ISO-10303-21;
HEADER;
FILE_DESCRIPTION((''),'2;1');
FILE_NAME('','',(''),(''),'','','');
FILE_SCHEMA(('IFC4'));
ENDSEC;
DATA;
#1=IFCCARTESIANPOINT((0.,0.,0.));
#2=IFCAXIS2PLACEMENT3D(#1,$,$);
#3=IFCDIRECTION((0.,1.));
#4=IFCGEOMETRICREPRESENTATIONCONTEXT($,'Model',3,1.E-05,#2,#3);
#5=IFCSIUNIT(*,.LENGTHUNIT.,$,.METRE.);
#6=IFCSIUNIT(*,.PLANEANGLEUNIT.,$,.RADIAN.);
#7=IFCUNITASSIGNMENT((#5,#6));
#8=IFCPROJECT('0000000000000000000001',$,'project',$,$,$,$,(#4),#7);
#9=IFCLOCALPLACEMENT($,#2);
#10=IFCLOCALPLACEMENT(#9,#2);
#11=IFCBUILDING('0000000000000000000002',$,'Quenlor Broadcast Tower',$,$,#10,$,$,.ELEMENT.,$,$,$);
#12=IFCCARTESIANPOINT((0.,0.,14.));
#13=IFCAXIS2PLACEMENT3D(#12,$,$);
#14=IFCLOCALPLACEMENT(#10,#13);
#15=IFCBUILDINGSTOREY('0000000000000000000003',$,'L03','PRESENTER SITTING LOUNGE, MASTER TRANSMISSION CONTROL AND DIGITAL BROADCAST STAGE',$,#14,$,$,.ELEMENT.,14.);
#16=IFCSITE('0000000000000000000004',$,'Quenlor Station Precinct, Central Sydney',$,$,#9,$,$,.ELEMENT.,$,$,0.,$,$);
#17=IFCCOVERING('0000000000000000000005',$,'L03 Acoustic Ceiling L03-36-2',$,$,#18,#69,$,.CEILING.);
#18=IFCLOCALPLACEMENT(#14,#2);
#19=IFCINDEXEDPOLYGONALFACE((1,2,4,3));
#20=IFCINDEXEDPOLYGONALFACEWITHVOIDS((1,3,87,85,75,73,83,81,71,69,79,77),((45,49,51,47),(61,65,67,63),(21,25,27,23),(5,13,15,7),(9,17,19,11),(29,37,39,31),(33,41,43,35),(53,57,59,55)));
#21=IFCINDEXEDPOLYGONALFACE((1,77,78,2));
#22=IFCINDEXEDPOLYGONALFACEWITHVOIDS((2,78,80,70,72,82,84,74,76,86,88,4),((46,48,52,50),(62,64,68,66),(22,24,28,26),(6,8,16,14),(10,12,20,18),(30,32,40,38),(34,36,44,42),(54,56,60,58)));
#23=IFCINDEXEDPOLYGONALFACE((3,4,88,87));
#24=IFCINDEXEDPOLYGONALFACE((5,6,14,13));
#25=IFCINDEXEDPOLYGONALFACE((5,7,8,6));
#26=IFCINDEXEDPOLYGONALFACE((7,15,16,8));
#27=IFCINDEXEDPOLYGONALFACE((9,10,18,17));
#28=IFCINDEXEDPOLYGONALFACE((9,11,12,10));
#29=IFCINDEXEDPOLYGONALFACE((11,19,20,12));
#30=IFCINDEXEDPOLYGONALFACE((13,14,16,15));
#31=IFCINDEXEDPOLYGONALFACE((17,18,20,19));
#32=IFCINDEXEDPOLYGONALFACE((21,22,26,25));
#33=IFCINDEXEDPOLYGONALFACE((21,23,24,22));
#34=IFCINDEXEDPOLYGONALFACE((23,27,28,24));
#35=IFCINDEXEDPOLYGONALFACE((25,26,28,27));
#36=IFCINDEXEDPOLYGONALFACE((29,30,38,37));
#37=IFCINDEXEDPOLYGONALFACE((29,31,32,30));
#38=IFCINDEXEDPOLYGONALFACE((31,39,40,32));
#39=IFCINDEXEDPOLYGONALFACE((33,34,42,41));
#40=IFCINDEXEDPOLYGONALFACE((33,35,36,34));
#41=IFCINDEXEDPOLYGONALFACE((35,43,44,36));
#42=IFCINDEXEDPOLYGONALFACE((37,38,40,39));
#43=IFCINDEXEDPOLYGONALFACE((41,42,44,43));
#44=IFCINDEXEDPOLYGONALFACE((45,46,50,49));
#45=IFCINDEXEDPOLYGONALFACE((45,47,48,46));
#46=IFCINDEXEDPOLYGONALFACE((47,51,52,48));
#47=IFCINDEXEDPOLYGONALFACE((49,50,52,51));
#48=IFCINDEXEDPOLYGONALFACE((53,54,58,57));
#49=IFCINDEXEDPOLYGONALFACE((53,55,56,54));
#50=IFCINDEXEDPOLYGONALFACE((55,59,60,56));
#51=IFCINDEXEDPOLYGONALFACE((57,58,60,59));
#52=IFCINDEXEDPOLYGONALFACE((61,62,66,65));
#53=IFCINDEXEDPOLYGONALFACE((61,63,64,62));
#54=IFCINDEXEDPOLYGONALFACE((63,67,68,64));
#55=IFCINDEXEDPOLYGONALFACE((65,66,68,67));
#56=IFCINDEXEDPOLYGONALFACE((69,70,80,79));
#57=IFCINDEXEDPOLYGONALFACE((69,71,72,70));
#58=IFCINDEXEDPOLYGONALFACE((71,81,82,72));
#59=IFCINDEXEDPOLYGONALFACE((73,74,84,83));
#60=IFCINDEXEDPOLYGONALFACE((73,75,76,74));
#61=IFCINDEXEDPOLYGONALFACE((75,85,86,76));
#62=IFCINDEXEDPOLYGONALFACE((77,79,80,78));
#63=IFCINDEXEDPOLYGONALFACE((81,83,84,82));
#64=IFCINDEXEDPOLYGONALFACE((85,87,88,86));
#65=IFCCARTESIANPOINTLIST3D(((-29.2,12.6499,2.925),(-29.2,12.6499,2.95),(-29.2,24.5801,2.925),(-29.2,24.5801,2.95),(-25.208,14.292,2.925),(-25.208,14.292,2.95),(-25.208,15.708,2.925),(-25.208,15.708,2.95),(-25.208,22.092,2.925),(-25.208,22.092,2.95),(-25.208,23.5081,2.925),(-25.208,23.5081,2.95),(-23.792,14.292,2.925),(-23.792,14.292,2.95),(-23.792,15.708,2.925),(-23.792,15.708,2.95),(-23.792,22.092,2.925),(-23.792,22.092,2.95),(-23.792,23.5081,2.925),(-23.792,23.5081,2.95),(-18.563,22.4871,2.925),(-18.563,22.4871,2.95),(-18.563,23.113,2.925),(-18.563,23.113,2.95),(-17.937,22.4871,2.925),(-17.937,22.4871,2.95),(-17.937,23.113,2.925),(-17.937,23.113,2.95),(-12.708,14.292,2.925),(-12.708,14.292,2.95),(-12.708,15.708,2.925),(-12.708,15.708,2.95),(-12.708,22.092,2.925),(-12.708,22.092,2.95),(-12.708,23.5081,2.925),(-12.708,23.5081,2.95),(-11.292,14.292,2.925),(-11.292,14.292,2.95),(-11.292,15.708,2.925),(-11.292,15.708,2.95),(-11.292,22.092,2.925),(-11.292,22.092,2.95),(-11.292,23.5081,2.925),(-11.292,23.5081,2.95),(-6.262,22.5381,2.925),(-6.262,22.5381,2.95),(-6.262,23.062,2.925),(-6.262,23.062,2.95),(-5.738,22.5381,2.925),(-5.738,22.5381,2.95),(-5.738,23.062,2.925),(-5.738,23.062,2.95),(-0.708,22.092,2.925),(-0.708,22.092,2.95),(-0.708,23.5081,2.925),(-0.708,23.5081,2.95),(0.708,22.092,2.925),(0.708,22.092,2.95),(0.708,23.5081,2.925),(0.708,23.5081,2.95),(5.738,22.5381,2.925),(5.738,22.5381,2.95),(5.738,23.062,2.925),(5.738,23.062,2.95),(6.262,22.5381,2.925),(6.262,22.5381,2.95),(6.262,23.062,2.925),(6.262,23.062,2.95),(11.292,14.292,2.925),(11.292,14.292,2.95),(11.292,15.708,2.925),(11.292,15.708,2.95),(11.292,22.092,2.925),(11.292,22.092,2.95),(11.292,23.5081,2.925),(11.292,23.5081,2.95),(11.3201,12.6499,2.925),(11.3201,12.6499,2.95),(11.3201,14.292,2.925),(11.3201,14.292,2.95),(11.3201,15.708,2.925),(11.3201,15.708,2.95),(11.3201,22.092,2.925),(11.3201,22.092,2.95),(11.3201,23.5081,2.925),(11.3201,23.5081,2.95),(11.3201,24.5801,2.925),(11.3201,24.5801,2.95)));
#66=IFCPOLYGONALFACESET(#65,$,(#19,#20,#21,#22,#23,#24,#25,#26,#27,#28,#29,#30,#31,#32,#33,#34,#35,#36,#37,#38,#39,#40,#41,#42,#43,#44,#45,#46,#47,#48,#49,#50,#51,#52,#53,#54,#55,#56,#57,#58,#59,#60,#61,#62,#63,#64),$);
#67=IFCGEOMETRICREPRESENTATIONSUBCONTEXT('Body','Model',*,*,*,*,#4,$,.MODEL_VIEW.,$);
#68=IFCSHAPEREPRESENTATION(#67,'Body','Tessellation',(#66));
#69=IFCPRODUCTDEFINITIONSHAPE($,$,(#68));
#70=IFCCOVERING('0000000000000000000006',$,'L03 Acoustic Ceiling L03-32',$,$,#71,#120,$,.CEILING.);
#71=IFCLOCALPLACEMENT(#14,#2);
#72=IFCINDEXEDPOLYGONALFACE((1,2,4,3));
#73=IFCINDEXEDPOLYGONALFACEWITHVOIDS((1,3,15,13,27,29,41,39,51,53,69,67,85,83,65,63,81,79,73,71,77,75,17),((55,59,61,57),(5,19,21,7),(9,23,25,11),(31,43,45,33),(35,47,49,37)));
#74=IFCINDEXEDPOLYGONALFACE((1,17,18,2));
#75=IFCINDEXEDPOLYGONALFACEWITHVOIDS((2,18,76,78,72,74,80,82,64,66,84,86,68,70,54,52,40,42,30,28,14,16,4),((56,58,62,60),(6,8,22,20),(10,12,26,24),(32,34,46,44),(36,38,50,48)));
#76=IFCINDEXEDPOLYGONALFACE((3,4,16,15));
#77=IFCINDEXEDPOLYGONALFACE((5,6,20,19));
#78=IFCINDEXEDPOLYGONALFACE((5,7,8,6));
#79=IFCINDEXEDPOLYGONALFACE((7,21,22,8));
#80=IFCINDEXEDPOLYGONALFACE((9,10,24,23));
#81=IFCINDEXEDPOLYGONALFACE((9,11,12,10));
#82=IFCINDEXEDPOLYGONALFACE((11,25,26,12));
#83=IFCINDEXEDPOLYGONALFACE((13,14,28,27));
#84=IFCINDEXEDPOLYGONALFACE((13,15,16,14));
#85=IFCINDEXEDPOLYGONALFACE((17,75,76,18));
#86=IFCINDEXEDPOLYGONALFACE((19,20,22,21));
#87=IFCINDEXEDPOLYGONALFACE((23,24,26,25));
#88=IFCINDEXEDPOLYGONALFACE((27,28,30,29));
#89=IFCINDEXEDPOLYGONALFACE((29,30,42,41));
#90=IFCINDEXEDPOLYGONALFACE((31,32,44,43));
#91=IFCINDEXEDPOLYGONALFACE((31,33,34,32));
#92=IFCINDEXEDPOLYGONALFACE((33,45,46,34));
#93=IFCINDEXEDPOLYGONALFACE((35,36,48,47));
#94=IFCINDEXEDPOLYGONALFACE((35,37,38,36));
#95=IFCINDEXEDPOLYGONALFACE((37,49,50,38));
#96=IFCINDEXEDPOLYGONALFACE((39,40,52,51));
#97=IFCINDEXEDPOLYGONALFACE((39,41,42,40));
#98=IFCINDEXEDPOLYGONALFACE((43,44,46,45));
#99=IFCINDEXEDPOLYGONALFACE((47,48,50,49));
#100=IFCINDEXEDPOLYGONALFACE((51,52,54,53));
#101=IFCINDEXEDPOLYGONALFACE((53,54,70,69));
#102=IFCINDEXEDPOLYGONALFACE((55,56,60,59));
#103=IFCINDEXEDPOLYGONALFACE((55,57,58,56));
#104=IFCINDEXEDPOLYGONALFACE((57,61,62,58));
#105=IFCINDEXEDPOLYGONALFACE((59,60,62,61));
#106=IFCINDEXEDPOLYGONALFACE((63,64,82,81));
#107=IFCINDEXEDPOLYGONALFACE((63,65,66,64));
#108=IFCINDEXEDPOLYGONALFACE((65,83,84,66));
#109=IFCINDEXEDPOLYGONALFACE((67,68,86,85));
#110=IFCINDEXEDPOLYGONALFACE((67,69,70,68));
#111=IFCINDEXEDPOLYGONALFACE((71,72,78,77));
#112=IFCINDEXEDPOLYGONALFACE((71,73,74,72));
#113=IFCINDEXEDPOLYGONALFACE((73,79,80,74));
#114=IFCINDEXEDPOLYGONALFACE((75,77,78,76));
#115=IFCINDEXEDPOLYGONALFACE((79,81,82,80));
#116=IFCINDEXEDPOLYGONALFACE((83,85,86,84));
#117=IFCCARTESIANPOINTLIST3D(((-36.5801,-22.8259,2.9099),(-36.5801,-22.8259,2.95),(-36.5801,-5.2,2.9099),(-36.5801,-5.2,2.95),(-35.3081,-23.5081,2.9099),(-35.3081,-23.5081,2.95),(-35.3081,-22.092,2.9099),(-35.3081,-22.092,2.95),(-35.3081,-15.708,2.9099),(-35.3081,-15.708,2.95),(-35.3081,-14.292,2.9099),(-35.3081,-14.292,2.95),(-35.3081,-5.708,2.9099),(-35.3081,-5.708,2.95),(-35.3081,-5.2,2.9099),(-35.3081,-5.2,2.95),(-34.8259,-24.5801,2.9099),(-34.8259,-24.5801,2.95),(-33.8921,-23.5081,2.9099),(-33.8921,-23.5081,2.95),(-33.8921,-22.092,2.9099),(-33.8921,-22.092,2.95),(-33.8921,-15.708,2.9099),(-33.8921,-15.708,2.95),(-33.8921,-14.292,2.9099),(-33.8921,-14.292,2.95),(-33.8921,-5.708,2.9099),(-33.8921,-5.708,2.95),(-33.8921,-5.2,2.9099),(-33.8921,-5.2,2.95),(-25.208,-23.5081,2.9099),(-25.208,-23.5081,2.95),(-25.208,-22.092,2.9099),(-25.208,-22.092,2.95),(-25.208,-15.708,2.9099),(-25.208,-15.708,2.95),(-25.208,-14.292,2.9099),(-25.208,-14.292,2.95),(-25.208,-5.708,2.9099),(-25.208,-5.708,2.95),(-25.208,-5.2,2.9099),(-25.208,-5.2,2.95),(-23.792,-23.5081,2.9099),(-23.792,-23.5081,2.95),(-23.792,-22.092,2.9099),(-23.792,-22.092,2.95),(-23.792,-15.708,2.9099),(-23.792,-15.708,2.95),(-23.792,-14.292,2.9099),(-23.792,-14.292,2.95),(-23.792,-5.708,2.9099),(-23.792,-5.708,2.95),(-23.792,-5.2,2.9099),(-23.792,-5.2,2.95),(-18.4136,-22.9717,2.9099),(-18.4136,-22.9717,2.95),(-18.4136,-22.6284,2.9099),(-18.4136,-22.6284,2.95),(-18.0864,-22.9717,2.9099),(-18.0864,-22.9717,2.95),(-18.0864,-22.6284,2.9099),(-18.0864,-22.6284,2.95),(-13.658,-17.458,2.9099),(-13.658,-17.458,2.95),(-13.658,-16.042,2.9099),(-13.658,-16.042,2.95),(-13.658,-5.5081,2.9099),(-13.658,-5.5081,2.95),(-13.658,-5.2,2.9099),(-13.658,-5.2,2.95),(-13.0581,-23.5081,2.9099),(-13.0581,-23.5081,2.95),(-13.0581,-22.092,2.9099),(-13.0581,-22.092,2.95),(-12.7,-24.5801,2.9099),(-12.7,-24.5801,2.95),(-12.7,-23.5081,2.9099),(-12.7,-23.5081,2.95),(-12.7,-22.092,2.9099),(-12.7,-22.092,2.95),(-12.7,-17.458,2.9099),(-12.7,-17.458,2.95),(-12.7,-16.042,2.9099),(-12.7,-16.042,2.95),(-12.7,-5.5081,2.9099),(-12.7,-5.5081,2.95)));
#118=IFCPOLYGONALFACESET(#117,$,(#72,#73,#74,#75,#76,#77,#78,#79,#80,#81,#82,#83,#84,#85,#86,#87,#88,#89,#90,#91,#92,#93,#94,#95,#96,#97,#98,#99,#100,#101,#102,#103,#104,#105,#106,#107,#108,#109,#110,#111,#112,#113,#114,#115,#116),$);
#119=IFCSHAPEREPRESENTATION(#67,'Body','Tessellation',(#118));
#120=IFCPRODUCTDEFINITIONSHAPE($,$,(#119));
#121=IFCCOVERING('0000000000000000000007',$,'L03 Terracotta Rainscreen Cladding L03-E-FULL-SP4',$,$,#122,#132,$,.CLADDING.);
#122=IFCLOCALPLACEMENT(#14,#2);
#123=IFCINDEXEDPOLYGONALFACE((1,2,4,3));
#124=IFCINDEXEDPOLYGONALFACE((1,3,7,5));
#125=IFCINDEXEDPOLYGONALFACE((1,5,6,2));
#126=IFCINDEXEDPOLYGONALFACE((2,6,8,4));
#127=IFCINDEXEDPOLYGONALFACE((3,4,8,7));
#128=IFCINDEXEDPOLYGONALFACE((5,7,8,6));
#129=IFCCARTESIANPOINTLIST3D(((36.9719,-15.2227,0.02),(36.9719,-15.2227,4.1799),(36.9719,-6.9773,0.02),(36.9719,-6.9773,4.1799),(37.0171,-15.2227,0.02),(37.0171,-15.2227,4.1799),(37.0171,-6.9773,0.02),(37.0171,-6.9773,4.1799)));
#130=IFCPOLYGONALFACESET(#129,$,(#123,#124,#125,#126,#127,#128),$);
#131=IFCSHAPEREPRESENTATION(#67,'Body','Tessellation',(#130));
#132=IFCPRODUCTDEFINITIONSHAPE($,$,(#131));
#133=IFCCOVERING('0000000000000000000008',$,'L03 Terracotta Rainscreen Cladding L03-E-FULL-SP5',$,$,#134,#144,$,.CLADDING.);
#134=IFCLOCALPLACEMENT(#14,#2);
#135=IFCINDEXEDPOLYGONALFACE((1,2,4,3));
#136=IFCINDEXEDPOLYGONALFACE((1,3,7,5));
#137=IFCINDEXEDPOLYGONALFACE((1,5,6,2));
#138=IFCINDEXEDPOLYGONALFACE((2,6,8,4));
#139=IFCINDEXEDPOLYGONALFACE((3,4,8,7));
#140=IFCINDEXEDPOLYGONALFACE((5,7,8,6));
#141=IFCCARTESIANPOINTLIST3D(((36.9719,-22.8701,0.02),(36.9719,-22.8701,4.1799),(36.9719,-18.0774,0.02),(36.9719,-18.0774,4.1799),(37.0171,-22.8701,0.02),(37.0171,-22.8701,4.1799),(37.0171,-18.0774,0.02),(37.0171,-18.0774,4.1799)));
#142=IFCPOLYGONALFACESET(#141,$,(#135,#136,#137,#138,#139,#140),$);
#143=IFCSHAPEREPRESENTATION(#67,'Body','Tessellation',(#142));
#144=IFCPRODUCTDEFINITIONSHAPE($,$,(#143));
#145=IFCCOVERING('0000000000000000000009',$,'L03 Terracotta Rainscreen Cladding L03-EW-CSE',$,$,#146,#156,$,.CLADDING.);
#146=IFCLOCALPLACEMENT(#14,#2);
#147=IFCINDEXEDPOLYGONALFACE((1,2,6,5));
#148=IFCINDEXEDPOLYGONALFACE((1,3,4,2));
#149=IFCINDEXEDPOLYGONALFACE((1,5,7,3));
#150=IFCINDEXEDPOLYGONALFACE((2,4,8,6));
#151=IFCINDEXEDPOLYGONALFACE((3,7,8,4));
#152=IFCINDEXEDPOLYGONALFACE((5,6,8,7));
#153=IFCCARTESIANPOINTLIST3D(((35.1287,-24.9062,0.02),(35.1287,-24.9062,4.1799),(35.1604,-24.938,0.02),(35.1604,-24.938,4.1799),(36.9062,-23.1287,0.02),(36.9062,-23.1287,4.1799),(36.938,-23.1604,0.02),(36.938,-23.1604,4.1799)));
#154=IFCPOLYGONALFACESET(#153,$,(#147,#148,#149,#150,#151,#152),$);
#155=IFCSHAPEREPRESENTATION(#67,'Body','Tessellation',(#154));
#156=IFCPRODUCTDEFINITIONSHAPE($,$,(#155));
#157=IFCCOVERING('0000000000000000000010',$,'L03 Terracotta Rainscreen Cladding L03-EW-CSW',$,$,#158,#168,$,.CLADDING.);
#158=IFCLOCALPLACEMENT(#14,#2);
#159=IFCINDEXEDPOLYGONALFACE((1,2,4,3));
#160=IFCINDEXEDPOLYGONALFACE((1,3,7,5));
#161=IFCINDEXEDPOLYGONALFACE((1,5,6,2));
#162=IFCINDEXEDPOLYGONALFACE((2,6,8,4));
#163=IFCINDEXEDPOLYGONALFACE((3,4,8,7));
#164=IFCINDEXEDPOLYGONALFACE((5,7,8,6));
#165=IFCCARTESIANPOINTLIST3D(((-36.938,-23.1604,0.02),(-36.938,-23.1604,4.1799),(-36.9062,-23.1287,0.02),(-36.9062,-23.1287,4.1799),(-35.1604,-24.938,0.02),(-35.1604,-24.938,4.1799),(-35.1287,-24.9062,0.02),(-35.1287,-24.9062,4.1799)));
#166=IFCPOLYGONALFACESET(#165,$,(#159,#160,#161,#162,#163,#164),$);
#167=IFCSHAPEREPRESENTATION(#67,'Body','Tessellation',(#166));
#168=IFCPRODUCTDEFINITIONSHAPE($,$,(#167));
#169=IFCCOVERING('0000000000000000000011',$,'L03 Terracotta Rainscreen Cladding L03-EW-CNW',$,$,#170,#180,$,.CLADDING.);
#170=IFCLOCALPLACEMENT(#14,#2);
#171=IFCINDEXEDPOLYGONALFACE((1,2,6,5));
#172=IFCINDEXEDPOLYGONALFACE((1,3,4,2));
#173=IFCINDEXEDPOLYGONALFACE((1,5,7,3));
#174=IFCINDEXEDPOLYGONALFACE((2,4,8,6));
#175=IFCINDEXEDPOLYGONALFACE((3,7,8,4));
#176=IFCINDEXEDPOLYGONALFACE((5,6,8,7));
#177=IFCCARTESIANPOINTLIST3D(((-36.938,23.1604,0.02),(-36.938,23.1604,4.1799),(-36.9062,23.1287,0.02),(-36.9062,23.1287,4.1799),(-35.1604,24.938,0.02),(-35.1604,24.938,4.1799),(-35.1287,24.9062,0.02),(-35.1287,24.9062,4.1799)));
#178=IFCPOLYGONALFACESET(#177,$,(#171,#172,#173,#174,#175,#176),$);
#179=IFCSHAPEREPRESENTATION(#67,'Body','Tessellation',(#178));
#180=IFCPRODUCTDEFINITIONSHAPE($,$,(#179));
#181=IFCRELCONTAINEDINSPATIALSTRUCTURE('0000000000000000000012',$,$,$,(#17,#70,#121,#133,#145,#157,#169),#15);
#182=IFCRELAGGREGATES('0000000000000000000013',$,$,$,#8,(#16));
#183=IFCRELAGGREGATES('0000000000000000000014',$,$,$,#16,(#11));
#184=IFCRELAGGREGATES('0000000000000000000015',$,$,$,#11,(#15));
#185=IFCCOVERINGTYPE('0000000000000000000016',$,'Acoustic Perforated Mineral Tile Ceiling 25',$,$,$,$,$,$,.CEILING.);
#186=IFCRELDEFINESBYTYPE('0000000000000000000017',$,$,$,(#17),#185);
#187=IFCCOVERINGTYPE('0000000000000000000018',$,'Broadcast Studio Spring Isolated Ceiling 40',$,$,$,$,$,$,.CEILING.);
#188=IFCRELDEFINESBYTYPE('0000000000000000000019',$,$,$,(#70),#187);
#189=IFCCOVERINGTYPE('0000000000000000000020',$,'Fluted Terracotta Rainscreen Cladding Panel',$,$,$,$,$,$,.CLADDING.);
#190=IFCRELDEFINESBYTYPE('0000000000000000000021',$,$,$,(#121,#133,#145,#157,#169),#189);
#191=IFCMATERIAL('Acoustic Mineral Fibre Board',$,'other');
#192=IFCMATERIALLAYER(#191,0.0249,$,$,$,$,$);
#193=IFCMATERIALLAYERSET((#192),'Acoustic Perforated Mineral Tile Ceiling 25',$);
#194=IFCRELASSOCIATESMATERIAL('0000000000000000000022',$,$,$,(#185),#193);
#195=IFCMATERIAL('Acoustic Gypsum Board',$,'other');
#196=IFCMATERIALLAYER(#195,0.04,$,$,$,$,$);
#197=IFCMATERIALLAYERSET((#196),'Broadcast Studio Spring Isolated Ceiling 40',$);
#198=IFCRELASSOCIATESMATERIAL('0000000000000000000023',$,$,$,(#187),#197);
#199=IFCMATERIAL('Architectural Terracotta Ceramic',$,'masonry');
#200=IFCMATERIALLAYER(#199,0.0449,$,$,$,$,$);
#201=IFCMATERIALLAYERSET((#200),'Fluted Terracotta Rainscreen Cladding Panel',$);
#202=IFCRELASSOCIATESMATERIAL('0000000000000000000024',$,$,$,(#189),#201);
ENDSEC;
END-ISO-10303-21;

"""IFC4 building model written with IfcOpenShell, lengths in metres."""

from ifc_helpers import new_model, si_unit, direction, frame, origin, place, context, subcontext, project, spatial, polyline, outline, extrude, material, layer, layer_set, type_object, element, save


model = new_model("IFC4")

# Units and contexts
model_context = context("Model", 3, precision=1e-05, world=origin(), true_north=direction((0.0, 1.0)))
body_context = subcontext(model_context, "Body", "Model", "MODEL_VIEW")
ifc_project = project(units=[si_unit("LENGTHUNIT", "METRE"), si_unit("PLANEANGLEUNIT", "RADIAN")], contexts=[model_context])

# Site, building, storey
site_placement = place(None, origin())
site = spatial("IfcSite", under=ifc_project, at=site_placement, Name="Quenlor Station Precinct, Central Sydney", CompositionType="ELEMENT", RefElevation=0.0)
building_placement = place(site_placement, origin())
building = spatial("IfcBuilding", under=site, at=building_placement, Name="Quenlor Broadcast Tower", CompositionType="ELEMENT")
storey_placement = place(building_placement, frame((0.0, 0.0, 14.0)))
storey = spatial("IfcBuildingStorey", under=building, at=storey_placement, Name="L03", Description="PRESENTER SITTING LOUNGE, MASTER TRANSMISSION CONTROL AND DIGITAL BROADCAST STAGE", CompositionType="ELEMENT", Elevation=14.0)

# Coverings
ifc_material_1 = material(Name="Acoustic Mineral Fibre Board", Category="other")
ifc_layer_1 = layer(ifc_material_1, 0.0249)
ifc_layer_set_1 = layer_set([ifc_layer_1], Name="Acoustic Perforated Mineral Tile Ceiling 25")
covering_type_1 = type_object("IfcCoveringType", Name="Acoustic Perforated Mineral Tile Ceiling 25", PredefinedType="CEILING", material=ifc_layer_set_1)
covering_1_placement = place(storey_placement, frame((0.0, 0.0, 2.925)))
element("IfcCovering", 1, at=covering_1_placement, inside=storey, type_object=covering_type_1, Name="L03 Acoustic Ceiling L03-36-2", PredefinedType="CEILING", context=body_context, shape_type="SweptSolid", body=[
    extrude(outline(polyline([(-29.2, 24.5801), (11.3201, 24.5801), (11.3201, 23.5081), (11.292, 23.5081), (11.292, 22.092), (11.3201, 22.092), (11.3201, 15.708), (11.292, 15.708), (11.292, 14.292), (11.3201, 14.292), (11.3201, 12.6499), (-29.2, 12.6499), (-29.2, 24.5801)]), holes=[polyline([(-23.792, 14.292), (-23.792, 15.708), (-25.208, 15.708), (-25.208, 14.292), (-23.792, 14.292)]), polyline([(-23.792, 23.5081), (-25.208, 23.5081), (-25.208, 22.092), (-23.792, 22.092), (-23.792, 23.5081)]), polyline([(-17.937, 22.4871), (-17.937, 23.113), (-18.563, 23.113), (-18.563, 22.4871), (-17.937, 22.4871)]), polyline([(-11.292, 15.708), (-12.708, 15.708), (-12.708, 14.292), (-11.292, 14.292), (-11.292, 15.708)]), polyline([(0.708, 22.092), (0.708, 23.5081), (-0.708, 23.5081), (-0.708, 22.092), (0.708, 22.092)]), polyline([(6.262, 23.062), (5.738, 23.062), (5.738, 22.5381), (6.262, 22.5381), (6.262, 23.062)]), polyline([(-5.738, 22.5381), (-5.738, 23.062), (-6.262, 23.062), (-6.262, 22.5381), (-5.738, 22.5381)]), polyline([(-11.292, 22.092), (-11.292, 23.5081), (-12.708, 23.5081), (-12.708, 22.092), (-11.292, 22.092)])]), origin(), (0.0, 0.0, 1.0), 0.0249),
])
ifc_material_2 = material(Name="Acoustic Gypsum Board", Category="other")
ifc_layer_2 = layer(ifc_material_2, 0.04)
ifc_layer_set_2 = layer_set([ifc_layer_2], Name="Broadcast Studio Spring Isolated Ceiling 40")
covering_type_2 = type_object("IfcCoveringType", Name="Broadcast Studio Spring Isolated Ceiling 40", PredefinedType="CEILING", material=ifc_layer_set_2)
covering_2_placement = place(storey_placement, frame((0.0, 0.0, 2.9099)))
element("IfcCovering", 2, at=covering_2_placement, inside=storey, type_object=covering_type_2, Name="L03 Acoustic Ceiling L03-32", PredefinedType="CEILING", context=body_context, shape_type="SweptSolid", body=[
    extrude(outline(polyline([(-36.5801, -5.2), (-35.3081, -5.2), (-35.3081, -5.708), (-33.8921, -5.708), (-33.8921, -5.2), (-25.208, -5.2), (-25.208, -5.708), (-23.792, -5.708), (-23.792, -5.2), (-13.658, -5.2), (-13.658, -5.5081), (-12.7, -5.5081), (-12.7, -16.042), (-13.658, -16.042), (-13.658, -17.458), (-12.7, -17.458), (-12.7, -22.092), (-13.0581, -22.092), (-13.0581, -23.5081), (-12.7, -23.5081), (-12.7, -24.5801), (-34.8259, -24.5801), (-36.5801, -22.8259), (-36.5801, -5.2)]), holes=[polyline([(-23.792, -22.092), (-25.208, -22.092), (-25.208, -23.5081), (-23.792, -23.5081), (-23.792, -22.092)]), polyline([(-18.0864, -22.9717), (-18.0864, -22.6284), (-18.4136, -22.6284), (-18.4136, -22.9717), (-18.0864, -22.9717)]), polyline([(-33.8921, -22.092), (-35.3081, -22.092), (-35.3081, -23.5081), (-33.8921, -23.5081), (-33.8921, -22.092)]), polyline([(-33.8921, -15.708), (-33.8921, -14.292), (-35.3081, -14.292), (-35.3081, -15.708), (-33.8921, -15.708)]), polyline([(-23.792, -14.292), (-25.208, -14.292), (-25.208, -15.708), (-23.792, -15.708), (-23.792, -14.292)])]), origin(), (0.0, 0.0, 1.0), 0.04),
])
ifc_material_3 = material(Name="Architectural Terracotta Ceramic", Category="masonry")
ifc_layer_3 = layer(ifc_material_3, 0.0449)
ifc_layer_set_3 = layer_set([ifc_layer_3], Name="Fluted Terracotta Rainscreen Cladding Panel")
covering_type_3 = type_object("IfcCoveringType", Name="Fluted Terracotta Rainscreen Cladding Panel", PredefinedType="CLADDING", material=ifc_layer_set_3)
covering_3_placement = place(storey_placement, frame((0.0, 0.0, 0.02)))
element("IfcCovering", 3, at=covering_3_placement, inside=storey, type_object=covering_type_3, Name="L03 Terracotta Rainscreen Cladding L03-E-FULL-SP4", PredefinedType="CLADDING", context=body_context, shape_type="SweptSolid", body=[
    extrude(outline(polyline([(36.9719, -6.9773), (36.9719, -15.2227), (37.0171, -15.2227), (37.0171, -6.9773), (36.9719, -6.9773)])), origin(), (0.0, 0.0, 1.0), 4.1599),
])
covering_4_placement = place(storey_placement, frame((0.0, 0.0, 0.02)))
element("IfcCovering", 4, at=covering_4_placement, inside=storey, type_object=covering_type_3, Name="L03 Terracotta Rainscreen Cladding L03-E-FULL-SP5", PredefinedType="CLADDING", context=body_context, shape_type="SweptSolid", body=[
    extrude(outline(polyline([(36.9719, -18.0774), (36.9719, -22.8701), (37.0171, -22.8701), (37.0171, -18.0774), (36.9719, -18.0774)])), origin(), (0.0, 0.0, 1.0), 4.1599),
])
covering_5_placement = place(storey_placement, frame((0.0, 0.0, 0.02)))
element("IfcCovering", 5, at=covering_5_placement, inside=storey, type_object=covering_type_3, Name="L03 Terracotta Rainscreen Cladding L03-EW-CSE", PredefinedType="CLADDING", context=body_context, shape_type="SweptSolid", body=[
    extrude(outline(polyline([(36.9062, -23.1287), (35.1287, -24.9062), (35.1604, -24.938), (36.938, -23.1604), (36.9062, -23.1287)])), origin(), (0.0, 0.0, 1.0), 4.1599),
])
covering_6_placement = place(storey_placement, frame((0.0, 0.0, 0.02)))
element("IfcCovering", 6, at=covering_6_placement, inside=storey, type_object=covering_type_3, Name="L03 Terracotta Rainscreen Cladding L03-EW-CSW", PredefinedType="CLADDING", context=body_context, shape_type="SweptSolid", body=[
    extrude(outline(polyline([(-35.1287, -24.9062), (-36.9062, -23.1287), (-36.938, -23.1604), (-35.1604, -24.938), (-35.1287, -24.9062)])), origin(), (0.0, 0.0, 1.0), 4.1599),
])
covering_7_placement = place(storey_placement, frame((0.0, 0.0, 0.02)))
element("IfcCovering", 7, at=covering_7_placement, inside=storey, type_object=covering_type_3, Name="L03 Terracotta Rainscreen Cladding L03-EW-CNW", PredefinedType="CLADDING", context=body_context, shape_type="SweptSolid", body=[
    extrude(outline(polyline([(-36.9062, 23.1287), (-35.1287, 24.9062), (-35.1604, 24.938), (-36.938, 23.1604), (-36.9062, 23.1287)])), origin(), (0.0, 0.0, 1.0), 4.1599),
])

save(model, "model.ifc")
